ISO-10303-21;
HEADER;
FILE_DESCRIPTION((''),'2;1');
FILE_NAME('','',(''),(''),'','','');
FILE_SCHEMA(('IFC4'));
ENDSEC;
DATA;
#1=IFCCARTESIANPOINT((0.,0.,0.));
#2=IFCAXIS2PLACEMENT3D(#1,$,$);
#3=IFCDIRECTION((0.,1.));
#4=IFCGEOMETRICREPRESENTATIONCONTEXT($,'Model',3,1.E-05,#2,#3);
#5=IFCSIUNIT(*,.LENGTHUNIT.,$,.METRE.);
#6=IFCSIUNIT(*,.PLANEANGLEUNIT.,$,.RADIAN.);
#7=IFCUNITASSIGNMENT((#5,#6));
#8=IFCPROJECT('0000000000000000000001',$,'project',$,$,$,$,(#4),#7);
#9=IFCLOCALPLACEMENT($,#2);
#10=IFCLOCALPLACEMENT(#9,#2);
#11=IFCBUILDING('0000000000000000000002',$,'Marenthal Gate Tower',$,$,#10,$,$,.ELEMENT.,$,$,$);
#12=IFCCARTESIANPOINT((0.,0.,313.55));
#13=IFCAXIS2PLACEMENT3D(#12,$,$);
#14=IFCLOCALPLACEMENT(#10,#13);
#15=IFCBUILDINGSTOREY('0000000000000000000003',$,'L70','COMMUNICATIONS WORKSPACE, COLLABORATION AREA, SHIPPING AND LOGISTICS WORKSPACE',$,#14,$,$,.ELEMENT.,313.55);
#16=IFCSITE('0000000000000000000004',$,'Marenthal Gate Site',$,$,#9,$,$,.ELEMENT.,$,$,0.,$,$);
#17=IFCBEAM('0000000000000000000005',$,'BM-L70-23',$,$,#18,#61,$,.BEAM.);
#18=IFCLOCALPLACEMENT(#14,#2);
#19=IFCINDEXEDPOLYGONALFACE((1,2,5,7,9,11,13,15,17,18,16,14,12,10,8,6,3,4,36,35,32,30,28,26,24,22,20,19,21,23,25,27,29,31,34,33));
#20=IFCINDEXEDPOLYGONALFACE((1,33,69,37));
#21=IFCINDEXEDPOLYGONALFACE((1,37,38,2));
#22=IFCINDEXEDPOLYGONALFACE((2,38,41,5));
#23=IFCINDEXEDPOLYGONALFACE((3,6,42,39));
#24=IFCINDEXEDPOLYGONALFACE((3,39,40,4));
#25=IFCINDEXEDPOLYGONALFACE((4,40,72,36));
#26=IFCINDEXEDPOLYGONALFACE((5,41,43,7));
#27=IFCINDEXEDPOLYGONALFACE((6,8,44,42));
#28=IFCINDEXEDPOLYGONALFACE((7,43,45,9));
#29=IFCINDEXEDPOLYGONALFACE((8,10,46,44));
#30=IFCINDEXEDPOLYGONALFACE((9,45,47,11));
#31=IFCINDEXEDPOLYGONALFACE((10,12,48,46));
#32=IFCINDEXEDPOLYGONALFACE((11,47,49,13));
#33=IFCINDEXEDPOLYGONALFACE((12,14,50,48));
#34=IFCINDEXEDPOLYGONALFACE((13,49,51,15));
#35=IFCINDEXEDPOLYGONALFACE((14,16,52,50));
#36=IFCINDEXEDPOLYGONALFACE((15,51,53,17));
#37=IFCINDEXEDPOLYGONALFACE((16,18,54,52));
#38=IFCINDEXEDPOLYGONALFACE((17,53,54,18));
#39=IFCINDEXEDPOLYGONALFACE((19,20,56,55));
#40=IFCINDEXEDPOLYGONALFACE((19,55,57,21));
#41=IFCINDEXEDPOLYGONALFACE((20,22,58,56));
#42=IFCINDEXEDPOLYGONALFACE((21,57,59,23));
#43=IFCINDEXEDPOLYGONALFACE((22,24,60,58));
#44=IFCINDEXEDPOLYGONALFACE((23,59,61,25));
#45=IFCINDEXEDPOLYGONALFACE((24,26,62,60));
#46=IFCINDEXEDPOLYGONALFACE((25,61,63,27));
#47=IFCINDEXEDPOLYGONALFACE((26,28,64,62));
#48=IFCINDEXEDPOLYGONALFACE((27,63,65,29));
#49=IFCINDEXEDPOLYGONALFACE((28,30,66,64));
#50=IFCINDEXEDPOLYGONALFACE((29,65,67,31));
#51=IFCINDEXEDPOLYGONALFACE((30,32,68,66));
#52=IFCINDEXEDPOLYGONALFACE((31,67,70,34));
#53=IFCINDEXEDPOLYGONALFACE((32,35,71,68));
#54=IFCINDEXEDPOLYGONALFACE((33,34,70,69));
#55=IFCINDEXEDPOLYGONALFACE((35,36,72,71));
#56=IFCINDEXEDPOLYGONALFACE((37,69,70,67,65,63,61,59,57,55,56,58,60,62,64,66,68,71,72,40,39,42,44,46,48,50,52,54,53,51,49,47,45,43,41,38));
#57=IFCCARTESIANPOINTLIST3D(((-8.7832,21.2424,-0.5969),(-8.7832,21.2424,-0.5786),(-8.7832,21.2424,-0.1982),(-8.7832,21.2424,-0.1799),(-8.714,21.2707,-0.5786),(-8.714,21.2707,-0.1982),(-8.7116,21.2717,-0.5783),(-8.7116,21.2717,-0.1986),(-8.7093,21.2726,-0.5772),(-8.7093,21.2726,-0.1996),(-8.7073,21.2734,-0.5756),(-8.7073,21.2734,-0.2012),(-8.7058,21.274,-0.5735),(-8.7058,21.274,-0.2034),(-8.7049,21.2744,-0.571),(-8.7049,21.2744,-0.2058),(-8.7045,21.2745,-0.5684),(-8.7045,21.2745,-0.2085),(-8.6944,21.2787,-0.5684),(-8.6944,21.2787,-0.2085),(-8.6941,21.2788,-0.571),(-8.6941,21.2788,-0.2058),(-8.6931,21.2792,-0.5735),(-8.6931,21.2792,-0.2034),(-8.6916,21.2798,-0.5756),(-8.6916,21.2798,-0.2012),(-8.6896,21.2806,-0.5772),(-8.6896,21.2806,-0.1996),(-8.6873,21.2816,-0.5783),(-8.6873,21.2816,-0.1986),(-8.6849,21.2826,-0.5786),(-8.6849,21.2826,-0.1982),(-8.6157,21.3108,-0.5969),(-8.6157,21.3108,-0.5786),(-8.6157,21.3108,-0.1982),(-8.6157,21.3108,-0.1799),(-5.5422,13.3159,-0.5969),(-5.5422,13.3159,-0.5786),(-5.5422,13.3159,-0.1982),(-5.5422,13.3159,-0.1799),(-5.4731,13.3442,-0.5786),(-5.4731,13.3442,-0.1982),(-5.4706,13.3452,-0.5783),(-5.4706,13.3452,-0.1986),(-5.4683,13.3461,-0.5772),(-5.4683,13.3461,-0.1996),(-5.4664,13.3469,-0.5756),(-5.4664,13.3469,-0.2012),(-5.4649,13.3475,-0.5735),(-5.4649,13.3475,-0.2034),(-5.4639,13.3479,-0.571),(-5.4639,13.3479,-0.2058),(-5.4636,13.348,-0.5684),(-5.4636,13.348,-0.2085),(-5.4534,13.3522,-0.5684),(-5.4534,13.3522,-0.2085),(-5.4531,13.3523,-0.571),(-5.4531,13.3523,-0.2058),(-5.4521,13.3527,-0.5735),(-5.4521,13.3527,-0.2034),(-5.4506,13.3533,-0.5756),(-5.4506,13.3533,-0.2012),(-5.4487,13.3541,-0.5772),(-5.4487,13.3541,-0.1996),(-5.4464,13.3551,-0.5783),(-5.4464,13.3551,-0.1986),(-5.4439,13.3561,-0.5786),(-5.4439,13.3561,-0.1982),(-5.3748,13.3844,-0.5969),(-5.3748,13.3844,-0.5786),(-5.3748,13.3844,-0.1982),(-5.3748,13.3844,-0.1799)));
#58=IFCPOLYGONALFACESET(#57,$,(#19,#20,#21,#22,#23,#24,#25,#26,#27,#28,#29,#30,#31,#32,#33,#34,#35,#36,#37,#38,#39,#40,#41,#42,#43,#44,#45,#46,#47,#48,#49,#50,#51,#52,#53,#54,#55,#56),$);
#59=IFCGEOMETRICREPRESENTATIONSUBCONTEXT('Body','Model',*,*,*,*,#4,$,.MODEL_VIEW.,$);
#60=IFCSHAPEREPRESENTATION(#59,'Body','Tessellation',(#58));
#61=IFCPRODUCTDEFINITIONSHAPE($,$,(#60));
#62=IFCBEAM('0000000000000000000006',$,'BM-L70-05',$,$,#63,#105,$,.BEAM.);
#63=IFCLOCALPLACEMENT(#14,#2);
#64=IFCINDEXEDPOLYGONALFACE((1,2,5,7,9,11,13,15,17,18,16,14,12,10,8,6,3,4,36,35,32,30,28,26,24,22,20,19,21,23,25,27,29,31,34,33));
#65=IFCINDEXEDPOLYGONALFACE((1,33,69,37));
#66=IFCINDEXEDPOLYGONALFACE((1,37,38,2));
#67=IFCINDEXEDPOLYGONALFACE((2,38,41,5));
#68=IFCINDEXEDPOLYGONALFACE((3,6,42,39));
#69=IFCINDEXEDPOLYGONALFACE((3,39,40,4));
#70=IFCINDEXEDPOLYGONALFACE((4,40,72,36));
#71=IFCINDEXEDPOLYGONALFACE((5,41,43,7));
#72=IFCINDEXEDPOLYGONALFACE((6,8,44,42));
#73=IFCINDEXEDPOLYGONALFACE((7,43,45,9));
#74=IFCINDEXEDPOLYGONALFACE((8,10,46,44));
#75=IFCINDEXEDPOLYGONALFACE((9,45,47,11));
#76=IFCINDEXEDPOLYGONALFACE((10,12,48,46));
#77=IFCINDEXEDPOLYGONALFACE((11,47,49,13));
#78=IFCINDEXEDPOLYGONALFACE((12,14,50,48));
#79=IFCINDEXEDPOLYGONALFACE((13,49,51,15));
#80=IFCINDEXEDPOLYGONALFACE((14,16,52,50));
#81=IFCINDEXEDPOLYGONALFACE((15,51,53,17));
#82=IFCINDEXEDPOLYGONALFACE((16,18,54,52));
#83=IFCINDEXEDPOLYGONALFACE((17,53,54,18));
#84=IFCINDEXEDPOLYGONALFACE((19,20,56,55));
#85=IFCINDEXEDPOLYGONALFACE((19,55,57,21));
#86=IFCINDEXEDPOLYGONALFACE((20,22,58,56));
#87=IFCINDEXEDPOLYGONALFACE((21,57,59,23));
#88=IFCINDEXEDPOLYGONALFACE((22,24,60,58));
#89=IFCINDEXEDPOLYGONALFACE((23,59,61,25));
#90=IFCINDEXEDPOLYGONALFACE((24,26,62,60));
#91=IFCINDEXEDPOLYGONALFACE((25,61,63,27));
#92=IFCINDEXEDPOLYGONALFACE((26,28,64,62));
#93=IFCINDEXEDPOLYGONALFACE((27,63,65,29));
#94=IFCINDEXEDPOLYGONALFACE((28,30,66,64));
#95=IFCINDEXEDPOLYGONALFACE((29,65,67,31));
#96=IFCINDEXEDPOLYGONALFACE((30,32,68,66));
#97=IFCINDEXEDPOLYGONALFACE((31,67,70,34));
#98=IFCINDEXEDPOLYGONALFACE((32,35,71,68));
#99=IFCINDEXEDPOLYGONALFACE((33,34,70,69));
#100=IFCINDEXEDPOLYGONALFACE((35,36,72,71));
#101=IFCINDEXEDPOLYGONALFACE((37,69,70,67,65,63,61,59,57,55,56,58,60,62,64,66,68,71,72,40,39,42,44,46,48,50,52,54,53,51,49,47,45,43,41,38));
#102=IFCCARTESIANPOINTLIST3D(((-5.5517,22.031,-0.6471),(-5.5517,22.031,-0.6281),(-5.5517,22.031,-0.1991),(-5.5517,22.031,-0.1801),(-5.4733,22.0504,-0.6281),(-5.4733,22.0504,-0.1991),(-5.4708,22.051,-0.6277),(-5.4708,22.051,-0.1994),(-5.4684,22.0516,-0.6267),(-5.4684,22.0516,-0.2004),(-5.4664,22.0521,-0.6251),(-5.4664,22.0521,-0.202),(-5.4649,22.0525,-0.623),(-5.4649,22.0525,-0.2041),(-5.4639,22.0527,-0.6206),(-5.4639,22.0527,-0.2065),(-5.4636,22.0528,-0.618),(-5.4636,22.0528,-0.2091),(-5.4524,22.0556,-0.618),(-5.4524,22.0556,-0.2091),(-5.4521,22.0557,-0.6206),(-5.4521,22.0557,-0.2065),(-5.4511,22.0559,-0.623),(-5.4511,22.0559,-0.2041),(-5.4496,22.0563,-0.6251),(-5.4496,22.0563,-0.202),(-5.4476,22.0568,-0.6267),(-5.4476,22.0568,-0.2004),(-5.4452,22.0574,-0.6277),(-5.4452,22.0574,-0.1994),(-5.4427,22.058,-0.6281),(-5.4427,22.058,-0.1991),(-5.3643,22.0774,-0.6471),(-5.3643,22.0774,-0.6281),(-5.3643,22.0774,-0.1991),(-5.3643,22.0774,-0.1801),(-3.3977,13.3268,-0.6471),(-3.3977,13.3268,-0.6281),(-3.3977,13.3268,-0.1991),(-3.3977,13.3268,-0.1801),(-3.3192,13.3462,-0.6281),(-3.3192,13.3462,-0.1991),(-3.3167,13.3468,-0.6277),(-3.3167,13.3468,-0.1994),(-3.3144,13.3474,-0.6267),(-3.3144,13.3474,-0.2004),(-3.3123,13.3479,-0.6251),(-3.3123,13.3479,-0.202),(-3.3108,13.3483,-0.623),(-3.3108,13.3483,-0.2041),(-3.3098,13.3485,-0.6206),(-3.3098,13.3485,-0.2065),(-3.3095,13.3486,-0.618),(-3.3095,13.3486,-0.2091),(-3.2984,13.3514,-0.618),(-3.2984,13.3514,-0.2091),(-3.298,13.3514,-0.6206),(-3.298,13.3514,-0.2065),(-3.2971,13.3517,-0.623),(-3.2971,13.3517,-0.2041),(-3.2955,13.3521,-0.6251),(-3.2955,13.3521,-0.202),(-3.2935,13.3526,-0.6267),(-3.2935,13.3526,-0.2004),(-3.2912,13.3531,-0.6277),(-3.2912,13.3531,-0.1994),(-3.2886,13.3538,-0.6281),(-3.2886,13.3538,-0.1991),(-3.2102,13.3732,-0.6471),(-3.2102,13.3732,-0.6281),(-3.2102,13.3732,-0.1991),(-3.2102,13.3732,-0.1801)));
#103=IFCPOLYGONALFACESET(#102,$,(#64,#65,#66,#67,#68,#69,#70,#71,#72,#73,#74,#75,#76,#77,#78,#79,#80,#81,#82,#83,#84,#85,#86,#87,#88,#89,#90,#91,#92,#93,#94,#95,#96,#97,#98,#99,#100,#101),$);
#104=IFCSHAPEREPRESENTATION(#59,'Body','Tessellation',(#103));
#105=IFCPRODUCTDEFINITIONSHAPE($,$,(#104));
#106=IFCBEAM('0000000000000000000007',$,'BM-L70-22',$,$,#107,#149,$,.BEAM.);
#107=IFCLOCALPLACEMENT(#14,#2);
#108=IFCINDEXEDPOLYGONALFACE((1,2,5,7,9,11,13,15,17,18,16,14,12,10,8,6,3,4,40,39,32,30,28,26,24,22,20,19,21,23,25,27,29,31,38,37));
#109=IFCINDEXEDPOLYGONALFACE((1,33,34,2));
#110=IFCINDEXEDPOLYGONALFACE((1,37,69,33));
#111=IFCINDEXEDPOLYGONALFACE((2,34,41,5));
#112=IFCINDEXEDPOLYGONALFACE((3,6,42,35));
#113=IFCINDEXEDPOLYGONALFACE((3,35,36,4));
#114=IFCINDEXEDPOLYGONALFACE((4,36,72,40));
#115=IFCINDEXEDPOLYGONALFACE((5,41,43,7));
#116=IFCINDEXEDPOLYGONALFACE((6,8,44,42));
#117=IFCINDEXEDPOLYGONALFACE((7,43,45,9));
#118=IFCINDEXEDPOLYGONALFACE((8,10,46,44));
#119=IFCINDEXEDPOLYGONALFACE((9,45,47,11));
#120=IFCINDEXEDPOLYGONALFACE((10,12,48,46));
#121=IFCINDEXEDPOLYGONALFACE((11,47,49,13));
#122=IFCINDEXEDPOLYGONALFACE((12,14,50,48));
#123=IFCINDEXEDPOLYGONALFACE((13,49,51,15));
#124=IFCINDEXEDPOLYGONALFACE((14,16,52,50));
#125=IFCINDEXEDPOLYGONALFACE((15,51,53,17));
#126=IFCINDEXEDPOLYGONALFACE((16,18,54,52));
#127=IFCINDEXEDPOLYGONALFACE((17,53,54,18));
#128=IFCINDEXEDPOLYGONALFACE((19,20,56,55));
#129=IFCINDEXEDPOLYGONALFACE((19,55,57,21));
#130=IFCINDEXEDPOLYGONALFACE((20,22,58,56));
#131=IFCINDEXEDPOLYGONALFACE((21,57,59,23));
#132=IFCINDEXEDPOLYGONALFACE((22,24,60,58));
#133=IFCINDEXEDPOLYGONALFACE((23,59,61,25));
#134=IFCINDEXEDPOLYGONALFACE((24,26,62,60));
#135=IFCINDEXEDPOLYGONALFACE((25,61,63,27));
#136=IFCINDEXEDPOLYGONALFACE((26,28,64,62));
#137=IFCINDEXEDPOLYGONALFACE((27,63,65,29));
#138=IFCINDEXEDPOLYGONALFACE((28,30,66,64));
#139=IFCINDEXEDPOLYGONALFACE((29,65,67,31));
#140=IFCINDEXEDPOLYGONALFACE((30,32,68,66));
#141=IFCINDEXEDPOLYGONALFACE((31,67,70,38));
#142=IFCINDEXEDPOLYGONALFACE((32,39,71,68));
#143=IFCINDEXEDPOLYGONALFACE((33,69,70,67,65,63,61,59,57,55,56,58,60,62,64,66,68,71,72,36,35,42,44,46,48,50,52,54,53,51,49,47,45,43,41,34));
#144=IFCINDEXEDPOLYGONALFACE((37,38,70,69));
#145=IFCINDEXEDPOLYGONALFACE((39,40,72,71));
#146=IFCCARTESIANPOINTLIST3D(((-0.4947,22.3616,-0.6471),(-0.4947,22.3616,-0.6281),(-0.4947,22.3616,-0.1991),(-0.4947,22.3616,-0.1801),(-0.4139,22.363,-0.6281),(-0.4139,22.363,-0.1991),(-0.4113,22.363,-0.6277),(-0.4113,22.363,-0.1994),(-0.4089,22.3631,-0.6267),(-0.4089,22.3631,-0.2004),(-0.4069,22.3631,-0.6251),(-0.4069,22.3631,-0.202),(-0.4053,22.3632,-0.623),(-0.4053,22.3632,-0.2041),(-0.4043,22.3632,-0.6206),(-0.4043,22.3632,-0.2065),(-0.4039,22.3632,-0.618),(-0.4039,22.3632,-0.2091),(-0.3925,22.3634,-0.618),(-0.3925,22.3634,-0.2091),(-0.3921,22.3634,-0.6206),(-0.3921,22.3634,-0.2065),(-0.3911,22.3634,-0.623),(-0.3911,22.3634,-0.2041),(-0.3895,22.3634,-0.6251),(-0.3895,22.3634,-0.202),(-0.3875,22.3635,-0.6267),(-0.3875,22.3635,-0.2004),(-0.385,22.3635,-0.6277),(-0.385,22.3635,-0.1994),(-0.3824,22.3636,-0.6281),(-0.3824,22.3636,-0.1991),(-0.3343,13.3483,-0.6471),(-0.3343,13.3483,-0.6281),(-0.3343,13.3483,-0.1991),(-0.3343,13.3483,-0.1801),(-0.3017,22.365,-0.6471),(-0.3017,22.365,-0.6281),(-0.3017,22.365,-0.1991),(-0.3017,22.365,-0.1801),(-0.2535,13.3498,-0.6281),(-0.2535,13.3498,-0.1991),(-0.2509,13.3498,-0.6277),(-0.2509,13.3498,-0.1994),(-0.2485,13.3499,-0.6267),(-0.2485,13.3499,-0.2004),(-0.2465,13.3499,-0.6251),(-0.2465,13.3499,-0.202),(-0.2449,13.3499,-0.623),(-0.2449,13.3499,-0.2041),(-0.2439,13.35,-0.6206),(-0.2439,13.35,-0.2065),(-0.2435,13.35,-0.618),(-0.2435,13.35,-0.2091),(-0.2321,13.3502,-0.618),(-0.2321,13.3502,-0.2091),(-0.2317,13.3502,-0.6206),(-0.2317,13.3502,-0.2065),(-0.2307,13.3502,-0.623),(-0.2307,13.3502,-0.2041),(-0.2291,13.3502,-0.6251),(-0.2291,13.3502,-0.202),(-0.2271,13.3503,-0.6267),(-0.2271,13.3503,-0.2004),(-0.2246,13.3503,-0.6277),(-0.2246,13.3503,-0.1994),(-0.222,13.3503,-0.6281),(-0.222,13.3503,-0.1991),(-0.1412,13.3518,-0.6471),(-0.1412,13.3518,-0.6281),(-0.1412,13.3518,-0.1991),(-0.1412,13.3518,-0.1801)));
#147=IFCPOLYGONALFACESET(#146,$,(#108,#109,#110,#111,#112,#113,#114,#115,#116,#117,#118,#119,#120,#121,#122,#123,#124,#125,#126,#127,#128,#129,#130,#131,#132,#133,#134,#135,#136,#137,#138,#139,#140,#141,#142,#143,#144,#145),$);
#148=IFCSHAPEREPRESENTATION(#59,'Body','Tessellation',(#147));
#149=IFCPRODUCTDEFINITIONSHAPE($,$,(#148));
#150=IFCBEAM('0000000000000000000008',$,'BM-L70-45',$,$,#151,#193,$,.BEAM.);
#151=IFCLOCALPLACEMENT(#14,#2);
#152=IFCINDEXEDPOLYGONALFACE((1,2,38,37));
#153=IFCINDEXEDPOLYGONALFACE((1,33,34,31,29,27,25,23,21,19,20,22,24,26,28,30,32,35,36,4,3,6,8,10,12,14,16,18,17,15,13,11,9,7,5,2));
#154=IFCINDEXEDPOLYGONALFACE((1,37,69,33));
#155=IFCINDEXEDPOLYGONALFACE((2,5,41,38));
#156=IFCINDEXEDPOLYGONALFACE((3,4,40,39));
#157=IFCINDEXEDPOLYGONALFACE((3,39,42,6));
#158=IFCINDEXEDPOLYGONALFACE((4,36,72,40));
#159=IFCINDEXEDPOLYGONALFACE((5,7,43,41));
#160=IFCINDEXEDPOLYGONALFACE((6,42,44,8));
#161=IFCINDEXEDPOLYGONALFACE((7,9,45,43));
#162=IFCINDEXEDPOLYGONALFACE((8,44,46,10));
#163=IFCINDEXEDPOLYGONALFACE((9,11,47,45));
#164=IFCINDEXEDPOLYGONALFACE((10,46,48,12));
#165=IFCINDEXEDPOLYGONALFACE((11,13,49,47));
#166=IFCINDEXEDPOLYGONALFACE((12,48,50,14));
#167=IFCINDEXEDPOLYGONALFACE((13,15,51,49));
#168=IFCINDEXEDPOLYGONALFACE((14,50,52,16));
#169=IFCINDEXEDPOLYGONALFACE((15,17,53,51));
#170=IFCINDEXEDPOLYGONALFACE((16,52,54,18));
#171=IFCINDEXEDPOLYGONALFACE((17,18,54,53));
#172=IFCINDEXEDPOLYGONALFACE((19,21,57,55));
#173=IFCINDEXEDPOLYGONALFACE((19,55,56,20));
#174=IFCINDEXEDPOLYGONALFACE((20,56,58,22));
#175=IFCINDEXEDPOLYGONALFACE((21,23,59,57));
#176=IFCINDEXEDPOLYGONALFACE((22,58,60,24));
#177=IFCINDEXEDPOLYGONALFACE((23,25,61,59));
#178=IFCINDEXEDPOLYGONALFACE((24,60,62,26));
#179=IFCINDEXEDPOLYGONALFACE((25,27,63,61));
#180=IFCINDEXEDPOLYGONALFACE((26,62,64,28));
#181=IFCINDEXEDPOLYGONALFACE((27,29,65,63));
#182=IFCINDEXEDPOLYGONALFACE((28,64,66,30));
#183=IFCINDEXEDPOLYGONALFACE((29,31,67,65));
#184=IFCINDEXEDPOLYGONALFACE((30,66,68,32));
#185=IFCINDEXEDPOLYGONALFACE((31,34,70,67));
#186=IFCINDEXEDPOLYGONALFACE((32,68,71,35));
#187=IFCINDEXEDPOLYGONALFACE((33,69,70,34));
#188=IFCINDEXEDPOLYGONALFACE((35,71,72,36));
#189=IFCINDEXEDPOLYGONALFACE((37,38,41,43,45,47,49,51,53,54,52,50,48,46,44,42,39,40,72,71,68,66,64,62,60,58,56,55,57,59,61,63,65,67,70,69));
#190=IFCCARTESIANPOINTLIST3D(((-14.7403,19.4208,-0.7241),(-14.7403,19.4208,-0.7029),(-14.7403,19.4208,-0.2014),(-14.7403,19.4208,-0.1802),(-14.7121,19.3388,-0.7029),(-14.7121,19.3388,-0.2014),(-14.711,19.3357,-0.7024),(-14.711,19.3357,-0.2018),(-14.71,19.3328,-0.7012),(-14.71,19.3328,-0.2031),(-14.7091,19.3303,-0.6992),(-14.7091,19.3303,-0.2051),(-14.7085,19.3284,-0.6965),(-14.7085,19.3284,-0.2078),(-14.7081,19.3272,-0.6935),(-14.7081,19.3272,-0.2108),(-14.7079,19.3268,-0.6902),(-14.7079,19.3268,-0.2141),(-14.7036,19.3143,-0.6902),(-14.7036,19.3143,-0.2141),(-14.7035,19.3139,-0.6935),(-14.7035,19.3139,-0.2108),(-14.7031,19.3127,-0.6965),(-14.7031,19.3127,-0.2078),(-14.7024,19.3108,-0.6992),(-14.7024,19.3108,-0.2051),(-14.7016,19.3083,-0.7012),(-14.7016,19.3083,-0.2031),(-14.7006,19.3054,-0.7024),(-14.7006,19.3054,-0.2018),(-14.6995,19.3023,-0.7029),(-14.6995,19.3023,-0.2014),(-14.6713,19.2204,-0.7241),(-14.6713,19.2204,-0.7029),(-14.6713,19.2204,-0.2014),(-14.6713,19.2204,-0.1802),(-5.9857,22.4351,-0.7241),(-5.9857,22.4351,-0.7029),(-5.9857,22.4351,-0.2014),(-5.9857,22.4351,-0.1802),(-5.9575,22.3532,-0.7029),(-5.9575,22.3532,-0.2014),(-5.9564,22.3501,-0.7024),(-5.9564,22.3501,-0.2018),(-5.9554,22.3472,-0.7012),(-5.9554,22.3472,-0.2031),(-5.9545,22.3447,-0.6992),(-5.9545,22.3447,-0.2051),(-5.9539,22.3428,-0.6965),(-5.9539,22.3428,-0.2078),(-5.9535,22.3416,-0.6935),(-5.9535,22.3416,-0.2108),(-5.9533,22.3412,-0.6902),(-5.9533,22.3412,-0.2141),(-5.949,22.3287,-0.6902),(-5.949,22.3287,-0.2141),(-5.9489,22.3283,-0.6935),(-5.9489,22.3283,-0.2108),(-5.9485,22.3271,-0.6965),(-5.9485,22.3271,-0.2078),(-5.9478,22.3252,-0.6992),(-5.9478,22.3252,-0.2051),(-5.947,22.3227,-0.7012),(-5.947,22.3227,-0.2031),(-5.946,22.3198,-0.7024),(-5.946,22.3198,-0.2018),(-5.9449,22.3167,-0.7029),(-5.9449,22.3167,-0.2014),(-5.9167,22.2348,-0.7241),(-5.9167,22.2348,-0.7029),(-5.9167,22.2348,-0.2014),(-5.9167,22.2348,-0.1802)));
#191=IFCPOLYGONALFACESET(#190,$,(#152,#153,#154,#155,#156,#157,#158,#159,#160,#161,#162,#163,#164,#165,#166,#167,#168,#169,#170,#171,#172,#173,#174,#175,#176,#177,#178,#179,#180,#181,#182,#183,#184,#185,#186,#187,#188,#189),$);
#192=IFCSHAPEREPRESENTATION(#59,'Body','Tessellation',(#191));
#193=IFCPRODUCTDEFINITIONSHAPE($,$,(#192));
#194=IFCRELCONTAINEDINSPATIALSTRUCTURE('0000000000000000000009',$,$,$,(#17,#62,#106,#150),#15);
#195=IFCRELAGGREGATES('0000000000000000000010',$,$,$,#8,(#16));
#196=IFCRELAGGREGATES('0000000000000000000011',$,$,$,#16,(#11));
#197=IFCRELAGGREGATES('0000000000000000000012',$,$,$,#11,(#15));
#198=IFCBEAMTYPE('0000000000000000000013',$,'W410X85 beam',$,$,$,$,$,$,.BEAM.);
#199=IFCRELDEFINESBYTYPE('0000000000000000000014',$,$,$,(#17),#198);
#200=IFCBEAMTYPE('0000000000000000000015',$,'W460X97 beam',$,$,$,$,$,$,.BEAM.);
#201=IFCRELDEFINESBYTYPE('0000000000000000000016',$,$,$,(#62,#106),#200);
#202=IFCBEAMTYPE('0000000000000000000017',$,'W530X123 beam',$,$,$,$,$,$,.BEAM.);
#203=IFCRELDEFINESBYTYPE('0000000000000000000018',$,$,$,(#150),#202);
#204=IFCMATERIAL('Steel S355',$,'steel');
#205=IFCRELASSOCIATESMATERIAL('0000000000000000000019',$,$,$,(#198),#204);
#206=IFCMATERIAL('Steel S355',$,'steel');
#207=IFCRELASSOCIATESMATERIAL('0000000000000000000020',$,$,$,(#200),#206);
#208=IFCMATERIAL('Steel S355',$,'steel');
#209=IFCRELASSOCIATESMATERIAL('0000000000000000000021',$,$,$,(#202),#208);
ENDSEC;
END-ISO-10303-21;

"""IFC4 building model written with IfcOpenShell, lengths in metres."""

from ifc_helpers import new_model, si_unit, direction, frame, origin, origin_2d, place, context, subcontext, project, spatial, i_section, extrude, material, material_profile, profile_set, type_object, element, save


model = new_model("IFC4")

# Units and contexts
model_context = context("Model", 3, precision=1e-05, world=origin(), true_north=direction((0.0, 1.0)))
body_context = subcontext(model_context, "Body", "Model", "MODEL_VIEW")
ifc_project = project(units=[si_unit("LENGTHUNIT", "METRE"), si_unit("PLANEANGLEUNIT", "RADIAN")], contexts=[model_context])

# Site, building, storey
site_placement = place(None, origin())
site = spatial("IfcSite", under=ifc_project, at=site_placement, Name="Marenthal Gate Site", CompositionType="ELEMENT", RefElevation=0.0)
building_placement = place(site_placement, origin())
building = spatial("IfcBuilding", under=site, at=building_placement, Name="Marenthal Gate Tower", CompositionType="ELEMENT")
storey_placement = place(building_placement, frame((0.0, 0.0, 313.55)))
storey = spatial("IfcBuildingStorey", under=building, at=storey_placement, Name="L70", Description="COMMUNICATIONS WORKSPACE, COLLABORATION AREA, SHIPPING AND LOGISTICS WORKSPACE", CompositionType="ELEMENT", Elevation=313.55)

# Beams
ifc_material_1 = material(Name="Steel S355", Category="steel")
ifc_material_profile_1 = material_profile(ifc_material_1, i_section(OverallWidth=0.1809, OverallDepth=0.417, WebThickness=0.011, FlangeThickness=0.0183, FilletRadius=0.0103, at=origin_2d()), Name="W410X85")
ifc_profile_set_1 = profile_set([ifc_material_profile_1], Name="Steel S355")
beam_type_1 = type_object("IfcBeamType", Name="W410X85 beam", PredefinedType="BEAM", material=ifc_profile_set_1)
beam_1_placement = place(storey_placement, frame((-8.6995, 21.2766, -0.3884), z_axis=(0.378463, -0.925616, 0.0), x_axis=(0.925616, 0.378463, 0.0)))
element("IfcBeam", 1, at=beam_1_placement, inside=storey, type_object=beam_type_1, Name="BM-L70-23", PredefinedType="BEAM", context=body_context, shape_type="SweptSolid", body=[
    extrude(i_section(OverallWidth=0.1809, OverallDepth=0.417, WebThickness=0.011, FlangeThickness=0.0183, FilletRadius=0.0103, at=origin_2d()), origin(), (0.0, 0.0, 1.0), 8.5635),
])
ifc_material_2 = material(Name="Steel S355", Category="steel")
ifc_material_profile_2 = material_profile(ifc_material_2, i_section(OverallWidth=0.1931, OverallDepth=0.467, WebThickness=0.0115, FlangeThickness=0.019, FilletRadius=0.01, at=origin_2d()), Name="W460X97")
ifc_profile_set_2 = profile_set([ifc_material_profile_2], Name="Steel S355")
beam_type_2 = type_object("IfcBeamType", Name="W460X97 beam", PredefinedType="BEAM", material=ifc_profile_set_2)
beam_2_placement = place(storey_placement, frame((-5.458, 22.0542, -0.4136), z_axis=(0.240229, -0.970716, 0.0), x_axis=(0.970716, 0.240229, 0.0)))
element("IfcBeam", 2, at=beam_2_placement, inside=storey, type_object=beam_type_2, Name="BM-L70-05", PredefinedType="BEAM", context=body_context, shape_type="SweptSolid", body=[
    extrude(i_section(OverallWidth=0.1931, OverallDepth=0.467, WebThickness=0.0115, FlangeThickness=0.019, FilletRadius=0.01, at=origin_2d()), origin(), (0.0, 0.0, 1.0), 8.9668),
])
beam_3_placement = place(storey_placement, frame((-0.3982, 22.3633, -0.4136), z_axis=(0.017793, -0.999842, 0.0), x_axis=(0.999842, 0.017793, 0.0)))
element("IfcBeam", 3, at=beam_3_placement, inside=storey, type_object=beam_type_2, Name="BM-L70-22", PredefinedType="BEAM", context=body_context, shape_type="SweptSolid", body=[
    extrude(i_section(OverallWidth=0.1931, OverallDepth=0.467, WebThickness=0.0115, FlangeThickness=0.019, FilletRadius=0.01, at=origin_2d()), origin(), (0.0, 0.0, 1.0), 9.0146),
])
ifc_material_3 = material(Name="Steel S355", Category="steel")
ifc_material_profile_3 = material_profile(ifc_material_3, i_section(OverallWidth=0.2119, OverallDepth=0.5439, WebThickness=0.0132, FlangeThickness=0.0212, FilletRadius=0.0127, at=origin_2d()), Name="W530X123")
ifc_profile_set_3 = profile_set([ifc_material_profile_3], Name="Steel S355")
beam_type_3 = type_object("IfcBeamType", Name="W530X123 beam", PredefinedType="BEAM", material=ifc_profile_set_3)
beam_4_placement = place(storey_placement, frame((-5.9512, 22.335, -0.4521), z_axis=(-0.945521, -0.325562, 0.0), x_axis=(0.325562, -0.945521, 0.0)))
element("IfcBeam", 4, at=beam_4_placement, inside=storey, type_object=beam_type_3, Name="BM-L70-45", PredefinedType="BEAM", context=body_context, shape_type="SweptSolid", body=[
    extrude(i_section(OverallWidth=0.2119, OverallDepth=0.5439, WebThickness=0.0132, FlangeThickness=0.0212, FilletRadius=0.0127, at=origin_2d()), origin(), (0.0, 0.0, 1.0), 9.259),
])

save(model, "model.ifc")
